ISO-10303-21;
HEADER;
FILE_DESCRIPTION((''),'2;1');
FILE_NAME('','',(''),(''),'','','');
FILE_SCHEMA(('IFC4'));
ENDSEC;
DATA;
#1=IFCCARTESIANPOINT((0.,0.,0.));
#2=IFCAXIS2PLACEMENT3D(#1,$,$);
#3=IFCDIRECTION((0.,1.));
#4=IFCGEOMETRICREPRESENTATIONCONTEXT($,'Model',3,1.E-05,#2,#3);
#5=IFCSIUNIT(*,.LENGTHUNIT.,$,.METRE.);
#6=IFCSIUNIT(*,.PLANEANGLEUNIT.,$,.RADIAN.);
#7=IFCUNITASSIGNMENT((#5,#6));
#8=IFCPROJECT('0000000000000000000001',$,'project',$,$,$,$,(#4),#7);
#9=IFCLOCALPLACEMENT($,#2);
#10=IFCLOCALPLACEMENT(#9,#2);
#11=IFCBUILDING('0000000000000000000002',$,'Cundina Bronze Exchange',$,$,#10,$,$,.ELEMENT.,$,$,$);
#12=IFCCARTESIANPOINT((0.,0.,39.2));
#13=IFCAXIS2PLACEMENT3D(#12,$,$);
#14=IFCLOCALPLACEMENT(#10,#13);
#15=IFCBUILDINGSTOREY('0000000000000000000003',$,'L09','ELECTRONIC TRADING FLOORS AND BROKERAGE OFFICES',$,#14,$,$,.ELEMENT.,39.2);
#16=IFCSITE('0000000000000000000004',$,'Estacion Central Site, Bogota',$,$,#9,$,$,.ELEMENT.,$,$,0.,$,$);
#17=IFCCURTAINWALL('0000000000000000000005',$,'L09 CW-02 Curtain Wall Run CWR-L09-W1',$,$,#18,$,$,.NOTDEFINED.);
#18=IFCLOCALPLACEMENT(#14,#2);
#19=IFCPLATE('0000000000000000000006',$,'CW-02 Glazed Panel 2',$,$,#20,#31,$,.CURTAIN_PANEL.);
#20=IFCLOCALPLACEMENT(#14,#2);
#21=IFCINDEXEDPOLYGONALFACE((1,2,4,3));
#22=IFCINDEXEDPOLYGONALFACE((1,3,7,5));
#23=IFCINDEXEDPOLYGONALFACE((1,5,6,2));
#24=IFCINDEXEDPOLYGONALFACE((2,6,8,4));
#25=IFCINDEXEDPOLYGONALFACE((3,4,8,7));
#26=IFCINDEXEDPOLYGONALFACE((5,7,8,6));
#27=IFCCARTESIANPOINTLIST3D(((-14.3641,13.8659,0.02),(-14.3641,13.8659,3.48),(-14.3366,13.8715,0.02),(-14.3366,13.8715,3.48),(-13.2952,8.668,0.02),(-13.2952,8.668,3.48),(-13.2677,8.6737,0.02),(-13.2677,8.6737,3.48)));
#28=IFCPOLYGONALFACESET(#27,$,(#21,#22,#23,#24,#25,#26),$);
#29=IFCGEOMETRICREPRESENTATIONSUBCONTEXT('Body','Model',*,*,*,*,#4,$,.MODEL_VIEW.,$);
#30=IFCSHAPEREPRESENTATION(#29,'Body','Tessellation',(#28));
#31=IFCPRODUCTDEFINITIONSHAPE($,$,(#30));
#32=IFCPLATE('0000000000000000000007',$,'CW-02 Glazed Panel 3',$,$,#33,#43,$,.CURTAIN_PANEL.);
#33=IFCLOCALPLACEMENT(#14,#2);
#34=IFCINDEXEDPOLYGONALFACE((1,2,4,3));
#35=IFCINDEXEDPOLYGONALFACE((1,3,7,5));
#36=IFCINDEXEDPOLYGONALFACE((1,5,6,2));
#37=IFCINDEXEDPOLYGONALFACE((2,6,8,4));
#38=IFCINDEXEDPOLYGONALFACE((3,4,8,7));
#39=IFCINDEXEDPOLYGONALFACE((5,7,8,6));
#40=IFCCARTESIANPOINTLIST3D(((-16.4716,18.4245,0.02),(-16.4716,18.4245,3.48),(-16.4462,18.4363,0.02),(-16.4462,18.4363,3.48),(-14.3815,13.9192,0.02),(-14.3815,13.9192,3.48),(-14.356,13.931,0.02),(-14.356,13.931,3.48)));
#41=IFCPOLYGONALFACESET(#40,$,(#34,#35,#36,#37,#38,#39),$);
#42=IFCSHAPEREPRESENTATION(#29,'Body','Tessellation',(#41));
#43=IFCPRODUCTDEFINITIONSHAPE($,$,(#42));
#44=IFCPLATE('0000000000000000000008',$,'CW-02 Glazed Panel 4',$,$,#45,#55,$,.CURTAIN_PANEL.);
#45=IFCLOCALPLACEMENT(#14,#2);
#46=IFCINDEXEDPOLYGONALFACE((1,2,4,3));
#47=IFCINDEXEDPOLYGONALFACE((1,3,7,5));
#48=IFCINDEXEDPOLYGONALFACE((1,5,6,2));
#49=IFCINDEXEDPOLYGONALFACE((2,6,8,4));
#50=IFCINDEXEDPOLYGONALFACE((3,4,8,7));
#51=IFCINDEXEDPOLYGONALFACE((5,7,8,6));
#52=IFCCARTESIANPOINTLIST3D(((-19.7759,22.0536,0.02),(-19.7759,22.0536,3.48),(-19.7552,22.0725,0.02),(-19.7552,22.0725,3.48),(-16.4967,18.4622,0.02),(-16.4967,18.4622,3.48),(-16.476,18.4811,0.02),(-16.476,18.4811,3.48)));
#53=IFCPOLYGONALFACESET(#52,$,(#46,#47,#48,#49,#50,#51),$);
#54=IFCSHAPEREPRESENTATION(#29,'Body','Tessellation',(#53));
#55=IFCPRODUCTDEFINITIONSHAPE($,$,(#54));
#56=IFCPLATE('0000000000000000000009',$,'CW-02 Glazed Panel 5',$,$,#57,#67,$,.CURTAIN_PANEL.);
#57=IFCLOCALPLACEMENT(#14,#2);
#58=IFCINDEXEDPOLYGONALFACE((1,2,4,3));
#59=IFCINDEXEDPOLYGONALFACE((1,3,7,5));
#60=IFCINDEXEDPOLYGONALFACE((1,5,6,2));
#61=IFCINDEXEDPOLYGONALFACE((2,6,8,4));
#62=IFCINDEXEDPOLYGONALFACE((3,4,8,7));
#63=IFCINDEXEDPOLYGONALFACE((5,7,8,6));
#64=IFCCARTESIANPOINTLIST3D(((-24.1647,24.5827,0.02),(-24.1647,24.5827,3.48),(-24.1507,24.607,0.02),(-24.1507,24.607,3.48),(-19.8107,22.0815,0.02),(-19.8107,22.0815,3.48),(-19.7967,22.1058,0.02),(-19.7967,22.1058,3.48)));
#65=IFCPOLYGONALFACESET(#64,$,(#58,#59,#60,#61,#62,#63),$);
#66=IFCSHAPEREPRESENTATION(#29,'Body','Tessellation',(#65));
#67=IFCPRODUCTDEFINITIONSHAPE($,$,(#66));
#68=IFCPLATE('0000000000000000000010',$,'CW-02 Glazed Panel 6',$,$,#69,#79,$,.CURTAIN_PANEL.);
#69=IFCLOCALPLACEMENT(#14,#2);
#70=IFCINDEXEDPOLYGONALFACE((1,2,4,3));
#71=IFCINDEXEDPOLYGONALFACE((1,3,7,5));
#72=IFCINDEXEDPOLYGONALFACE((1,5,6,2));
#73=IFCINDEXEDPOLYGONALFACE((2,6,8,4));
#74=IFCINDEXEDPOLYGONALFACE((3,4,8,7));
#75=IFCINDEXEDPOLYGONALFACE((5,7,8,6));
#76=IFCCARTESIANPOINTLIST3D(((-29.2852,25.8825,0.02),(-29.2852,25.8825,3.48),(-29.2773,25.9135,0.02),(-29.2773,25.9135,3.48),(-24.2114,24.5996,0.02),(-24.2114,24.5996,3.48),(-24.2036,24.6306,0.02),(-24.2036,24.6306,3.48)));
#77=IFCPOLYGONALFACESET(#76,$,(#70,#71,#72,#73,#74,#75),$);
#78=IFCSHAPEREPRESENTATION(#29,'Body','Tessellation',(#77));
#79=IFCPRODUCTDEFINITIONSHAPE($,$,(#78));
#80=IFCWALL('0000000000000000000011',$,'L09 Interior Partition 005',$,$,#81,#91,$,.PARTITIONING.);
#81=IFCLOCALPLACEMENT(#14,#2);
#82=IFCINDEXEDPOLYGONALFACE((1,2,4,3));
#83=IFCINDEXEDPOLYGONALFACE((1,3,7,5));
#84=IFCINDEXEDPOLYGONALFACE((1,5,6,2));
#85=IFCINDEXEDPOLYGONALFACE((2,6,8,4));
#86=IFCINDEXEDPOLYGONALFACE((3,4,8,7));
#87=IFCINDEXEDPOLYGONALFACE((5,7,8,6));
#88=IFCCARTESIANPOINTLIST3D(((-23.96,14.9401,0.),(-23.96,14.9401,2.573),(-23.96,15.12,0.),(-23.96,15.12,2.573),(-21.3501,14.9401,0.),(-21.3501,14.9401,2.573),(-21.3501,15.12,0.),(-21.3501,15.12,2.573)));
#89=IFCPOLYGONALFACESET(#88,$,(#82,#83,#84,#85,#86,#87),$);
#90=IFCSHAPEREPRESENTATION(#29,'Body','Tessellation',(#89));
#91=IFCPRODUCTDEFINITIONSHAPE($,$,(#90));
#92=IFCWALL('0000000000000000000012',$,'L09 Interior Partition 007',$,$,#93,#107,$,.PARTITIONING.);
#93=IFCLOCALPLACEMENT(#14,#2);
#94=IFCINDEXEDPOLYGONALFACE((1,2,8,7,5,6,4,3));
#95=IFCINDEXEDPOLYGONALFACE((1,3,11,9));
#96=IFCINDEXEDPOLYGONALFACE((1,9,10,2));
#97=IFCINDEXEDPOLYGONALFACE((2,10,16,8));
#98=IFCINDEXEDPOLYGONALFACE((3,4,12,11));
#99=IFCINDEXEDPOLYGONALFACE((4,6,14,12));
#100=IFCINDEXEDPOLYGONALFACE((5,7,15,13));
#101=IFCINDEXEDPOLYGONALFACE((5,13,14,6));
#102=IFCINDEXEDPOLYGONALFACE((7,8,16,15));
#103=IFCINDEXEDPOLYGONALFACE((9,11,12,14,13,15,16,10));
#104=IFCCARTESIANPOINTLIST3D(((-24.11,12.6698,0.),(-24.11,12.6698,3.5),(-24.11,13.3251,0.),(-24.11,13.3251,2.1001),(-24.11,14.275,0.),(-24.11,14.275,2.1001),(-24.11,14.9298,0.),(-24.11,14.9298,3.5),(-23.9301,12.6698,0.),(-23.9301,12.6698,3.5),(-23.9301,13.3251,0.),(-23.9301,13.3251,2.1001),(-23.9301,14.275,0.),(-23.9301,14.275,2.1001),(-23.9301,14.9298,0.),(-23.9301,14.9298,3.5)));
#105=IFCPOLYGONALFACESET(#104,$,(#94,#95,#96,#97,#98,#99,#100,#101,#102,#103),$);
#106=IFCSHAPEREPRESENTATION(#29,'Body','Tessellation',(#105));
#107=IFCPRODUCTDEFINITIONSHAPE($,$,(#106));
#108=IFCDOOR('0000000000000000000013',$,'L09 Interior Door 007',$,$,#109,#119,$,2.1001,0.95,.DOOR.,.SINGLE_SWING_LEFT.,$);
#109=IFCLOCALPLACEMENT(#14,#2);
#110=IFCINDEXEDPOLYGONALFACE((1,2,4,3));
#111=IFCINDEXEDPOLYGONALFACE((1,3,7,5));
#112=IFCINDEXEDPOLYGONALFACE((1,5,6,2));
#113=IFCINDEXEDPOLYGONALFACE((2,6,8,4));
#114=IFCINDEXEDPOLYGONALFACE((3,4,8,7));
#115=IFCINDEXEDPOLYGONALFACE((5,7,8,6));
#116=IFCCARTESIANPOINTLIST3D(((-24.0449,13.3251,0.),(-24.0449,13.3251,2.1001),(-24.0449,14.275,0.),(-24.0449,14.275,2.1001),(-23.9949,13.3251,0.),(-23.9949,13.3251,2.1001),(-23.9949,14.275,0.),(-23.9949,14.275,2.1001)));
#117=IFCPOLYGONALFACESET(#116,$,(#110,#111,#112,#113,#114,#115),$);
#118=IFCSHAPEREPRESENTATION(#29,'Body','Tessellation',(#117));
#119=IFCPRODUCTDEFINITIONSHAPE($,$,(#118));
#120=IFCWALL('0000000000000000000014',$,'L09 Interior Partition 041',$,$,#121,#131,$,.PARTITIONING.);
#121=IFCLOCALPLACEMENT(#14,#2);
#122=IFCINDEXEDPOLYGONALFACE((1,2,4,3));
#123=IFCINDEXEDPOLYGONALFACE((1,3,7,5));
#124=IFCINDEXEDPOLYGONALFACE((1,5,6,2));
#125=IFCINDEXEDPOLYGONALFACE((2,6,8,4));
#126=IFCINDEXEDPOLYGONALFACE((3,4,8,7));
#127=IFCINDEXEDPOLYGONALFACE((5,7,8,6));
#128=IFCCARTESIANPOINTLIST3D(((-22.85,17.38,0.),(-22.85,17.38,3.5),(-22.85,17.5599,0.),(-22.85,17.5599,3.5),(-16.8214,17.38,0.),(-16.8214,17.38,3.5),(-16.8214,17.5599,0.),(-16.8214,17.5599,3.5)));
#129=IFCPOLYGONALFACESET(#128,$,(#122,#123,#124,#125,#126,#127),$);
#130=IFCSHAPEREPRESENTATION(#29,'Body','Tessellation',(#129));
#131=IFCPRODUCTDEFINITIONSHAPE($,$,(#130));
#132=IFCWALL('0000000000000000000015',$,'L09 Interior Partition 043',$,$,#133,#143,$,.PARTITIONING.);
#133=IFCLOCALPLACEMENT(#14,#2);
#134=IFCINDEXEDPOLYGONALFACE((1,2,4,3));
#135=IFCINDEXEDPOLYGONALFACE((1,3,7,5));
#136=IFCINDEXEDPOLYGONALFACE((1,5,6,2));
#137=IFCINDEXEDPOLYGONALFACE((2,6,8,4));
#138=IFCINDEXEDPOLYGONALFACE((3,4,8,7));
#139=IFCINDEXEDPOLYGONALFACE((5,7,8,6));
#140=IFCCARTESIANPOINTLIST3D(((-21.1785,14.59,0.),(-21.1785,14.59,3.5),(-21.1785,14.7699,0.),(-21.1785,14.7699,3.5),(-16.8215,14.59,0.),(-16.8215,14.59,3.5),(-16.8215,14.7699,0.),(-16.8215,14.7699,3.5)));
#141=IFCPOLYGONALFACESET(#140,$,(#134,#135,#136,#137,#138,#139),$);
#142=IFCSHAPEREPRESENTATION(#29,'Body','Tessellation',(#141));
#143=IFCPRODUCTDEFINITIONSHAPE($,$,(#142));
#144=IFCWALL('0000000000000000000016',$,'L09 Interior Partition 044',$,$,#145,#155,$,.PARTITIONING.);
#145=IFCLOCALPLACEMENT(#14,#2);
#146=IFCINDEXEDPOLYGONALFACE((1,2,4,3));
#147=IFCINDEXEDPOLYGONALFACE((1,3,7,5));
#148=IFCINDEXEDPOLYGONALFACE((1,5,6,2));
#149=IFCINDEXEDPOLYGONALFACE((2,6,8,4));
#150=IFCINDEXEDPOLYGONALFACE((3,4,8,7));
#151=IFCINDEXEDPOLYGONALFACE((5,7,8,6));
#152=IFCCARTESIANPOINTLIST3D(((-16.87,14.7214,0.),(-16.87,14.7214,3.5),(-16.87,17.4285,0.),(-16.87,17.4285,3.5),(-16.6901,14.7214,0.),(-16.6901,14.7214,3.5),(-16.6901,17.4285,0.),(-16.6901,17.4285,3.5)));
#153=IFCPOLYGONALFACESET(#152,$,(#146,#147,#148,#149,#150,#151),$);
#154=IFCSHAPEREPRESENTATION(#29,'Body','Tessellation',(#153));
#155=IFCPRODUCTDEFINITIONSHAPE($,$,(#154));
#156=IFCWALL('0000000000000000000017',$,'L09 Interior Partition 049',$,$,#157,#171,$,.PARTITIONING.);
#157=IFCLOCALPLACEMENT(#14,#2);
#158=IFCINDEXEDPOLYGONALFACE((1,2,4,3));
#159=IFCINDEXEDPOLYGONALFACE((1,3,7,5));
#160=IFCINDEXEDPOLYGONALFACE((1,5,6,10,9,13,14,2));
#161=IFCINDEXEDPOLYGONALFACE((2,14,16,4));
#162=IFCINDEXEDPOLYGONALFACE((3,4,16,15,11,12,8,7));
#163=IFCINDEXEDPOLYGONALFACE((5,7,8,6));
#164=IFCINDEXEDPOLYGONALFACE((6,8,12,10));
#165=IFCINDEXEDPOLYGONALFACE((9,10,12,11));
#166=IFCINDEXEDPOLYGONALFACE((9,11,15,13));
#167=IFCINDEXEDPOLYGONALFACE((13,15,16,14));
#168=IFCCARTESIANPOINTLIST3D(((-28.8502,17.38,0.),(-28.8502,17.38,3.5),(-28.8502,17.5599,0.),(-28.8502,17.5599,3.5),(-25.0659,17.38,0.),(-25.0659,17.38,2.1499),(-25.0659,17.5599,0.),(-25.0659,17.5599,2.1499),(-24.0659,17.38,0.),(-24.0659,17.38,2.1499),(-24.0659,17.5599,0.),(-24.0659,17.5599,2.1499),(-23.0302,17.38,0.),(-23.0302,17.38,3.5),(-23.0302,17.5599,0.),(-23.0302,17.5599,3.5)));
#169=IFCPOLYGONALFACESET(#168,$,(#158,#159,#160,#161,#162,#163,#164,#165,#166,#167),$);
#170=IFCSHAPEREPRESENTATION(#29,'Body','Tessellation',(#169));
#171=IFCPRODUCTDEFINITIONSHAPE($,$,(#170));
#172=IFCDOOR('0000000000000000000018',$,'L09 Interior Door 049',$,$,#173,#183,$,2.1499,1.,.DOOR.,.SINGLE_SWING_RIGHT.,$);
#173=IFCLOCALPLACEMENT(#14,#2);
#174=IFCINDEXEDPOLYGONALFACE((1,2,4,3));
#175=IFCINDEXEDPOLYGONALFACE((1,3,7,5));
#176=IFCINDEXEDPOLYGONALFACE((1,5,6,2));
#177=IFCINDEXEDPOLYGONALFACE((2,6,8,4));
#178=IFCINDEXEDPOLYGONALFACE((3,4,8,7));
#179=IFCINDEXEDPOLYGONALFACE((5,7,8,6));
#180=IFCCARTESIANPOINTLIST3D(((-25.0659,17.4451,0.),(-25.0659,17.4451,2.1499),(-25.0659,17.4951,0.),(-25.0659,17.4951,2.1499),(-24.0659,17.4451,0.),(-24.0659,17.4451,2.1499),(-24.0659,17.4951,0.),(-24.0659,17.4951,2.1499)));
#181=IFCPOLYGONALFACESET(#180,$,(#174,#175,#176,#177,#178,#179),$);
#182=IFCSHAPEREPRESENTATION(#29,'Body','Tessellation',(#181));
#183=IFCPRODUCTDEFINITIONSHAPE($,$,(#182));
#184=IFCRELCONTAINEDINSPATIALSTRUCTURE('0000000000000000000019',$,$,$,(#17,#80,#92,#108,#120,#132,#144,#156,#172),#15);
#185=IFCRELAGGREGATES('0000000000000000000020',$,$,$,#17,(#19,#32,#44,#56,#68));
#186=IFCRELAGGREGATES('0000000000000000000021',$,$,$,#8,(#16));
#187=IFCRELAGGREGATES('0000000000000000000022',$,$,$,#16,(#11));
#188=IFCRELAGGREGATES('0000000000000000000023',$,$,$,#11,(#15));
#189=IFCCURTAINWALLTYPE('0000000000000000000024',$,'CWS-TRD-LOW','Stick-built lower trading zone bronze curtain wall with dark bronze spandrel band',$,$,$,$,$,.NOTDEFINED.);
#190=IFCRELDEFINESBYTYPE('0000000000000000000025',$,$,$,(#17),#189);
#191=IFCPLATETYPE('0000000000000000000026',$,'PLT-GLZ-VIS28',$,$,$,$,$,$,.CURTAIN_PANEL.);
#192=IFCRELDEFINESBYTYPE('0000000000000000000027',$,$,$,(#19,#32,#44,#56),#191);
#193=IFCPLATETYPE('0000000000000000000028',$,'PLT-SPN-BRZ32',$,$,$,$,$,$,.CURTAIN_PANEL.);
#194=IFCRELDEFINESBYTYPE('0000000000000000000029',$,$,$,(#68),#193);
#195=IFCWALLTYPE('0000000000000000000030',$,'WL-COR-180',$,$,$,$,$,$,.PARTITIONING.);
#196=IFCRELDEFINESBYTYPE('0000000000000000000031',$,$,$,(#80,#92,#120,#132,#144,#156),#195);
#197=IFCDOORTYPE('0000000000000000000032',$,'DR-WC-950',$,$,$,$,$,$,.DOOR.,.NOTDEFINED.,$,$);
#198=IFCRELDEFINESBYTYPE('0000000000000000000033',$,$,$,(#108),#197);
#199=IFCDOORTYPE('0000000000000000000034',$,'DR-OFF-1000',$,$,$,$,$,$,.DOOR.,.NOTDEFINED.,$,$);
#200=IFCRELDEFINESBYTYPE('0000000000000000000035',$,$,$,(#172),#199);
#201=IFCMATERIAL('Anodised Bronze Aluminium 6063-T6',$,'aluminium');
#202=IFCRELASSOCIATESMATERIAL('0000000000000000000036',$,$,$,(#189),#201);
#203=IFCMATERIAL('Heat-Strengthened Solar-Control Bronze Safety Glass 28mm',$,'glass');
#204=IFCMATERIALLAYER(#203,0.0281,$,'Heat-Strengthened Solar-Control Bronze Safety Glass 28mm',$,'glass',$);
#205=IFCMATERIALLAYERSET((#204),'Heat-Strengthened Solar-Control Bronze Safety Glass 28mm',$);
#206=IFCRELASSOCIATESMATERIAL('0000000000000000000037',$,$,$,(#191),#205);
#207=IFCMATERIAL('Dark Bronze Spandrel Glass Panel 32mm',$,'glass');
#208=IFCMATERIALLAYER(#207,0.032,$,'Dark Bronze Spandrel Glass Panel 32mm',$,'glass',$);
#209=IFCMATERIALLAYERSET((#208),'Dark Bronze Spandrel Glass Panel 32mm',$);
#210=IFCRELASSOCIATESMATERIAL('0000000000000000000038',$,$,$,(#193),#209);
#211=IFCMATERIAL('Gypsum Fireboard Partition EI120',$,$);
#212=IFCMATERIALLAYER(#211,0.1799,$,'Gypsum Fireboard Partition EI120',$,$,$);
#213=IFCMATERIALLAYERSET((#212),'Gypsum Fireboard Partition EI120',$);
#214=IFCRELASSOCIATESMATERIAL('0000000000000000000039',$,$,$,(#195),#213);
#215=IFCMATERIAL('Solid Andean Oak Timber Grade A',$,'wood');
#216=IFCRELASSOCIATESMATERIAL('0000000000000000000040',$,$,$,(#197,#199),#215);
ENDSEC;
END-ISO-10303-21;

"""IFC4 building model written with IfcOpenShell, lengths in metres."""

from ifc_helpers import new_model, si_unit, direction, frame, frame_2d, origin, origin_2d, place, context, subcontext, project, spatial, rectangle, extrude, material, layer, layer_set, type_object, element, fill, aggregate, save


model = new_model("IFC4")

# Units and contexts
model_context = context("Model", 3, precision=1e-05, world=origin(), true_north=direction((0.0, 1.0)))
body_context = subcontext(model_context, "Body", "Model", "MODEL_VIEW")
ifc_project = project(units=[si_unit("LENGTHUNIT", "METRE"), si_unit("PLANEANGLEUNIT", "RADIAN")], contexts=[model_context])

# Site, building, storey
site_placement = place(None, origin())
site = spatial("IfcSite", under=ifc_project, at=site_placement, Name="Estacion Central Site, Bogota", CompositionType="ELEMENT", RefElevation=0.0)
building_placement = place(site_placement, origin())
building = spatial("IfcBuilding", under=site, at=building_placement, Name="Cundina Bronze Exchange", CompositionType="ELEMENT")
storey_placement = place(building_placement, frame((0.0, 0.0, 39.2)))
storey = spatial("IfcBuildingStorey", under=building, at=storey_placement, Name="L09", Description="ELECTRONIC TRADING FLOORS AND BROKERAGE OFFICES", CompositionType="ELEMENT", Elevation=39.2)

# Curtain wall, plates
ifc_material_1 = material(Name="Anodised Bronze Aluminium 6063-T6", Category="aluminium")
curtain_wall_type = type_object("IfcCurtainWallType", Name="CWS-TRD-LOW", Description="Stick-built lower trading zone bronze curtain wall with dark bronze spandrel band", PredefinedType="NOTDEFINED", material=ifc_material_1)
curtain_wall_placement = place(storey_placement, origin())
curtain_wall = element("IfcCurtainWall", 1, at=curtain_wall_placement, inside=storey, type_object=curtain_wall_type, Name="L09 CW-02 Curtain Wall Run CWR-L09-W1", PredefinedType="NOTDEFINED")
ifc_material_2 = material(Name="Heat-Strengthened Solar-Control Bronze Safety Glass 28mm", Category="glass")
ifc_layer_1 = layer(ifc_material_2, 0.0281, Name="Heat-Strengthened Solar-Control Bronze Safety Glass 28mm", Category="glass")
ifc_layer_set_1 = layer_set([ifc_layer_1], Name="Heat-Strengthened Solar-Control Bronze Safety Glass 28mm")
plate_type_1 = type_object("IfcPlateType", Name="PLT-GLZ-VIS28", PredefinedType="CURTAIN_PANEL", material=ifc_layer_set_1)
plate_1_placement = place(storey_placement, frame((-13.8159, 11.2698, 0.02), z_axis=(0.0, 0.0, 1.0), x_axis=(-0.20142, 0.979505, 0.0)))
plate_1 = element("IfcPlate", 2, at=plate_1_placement, type_object=plate_type_1, Name="CW-02 Glazed Panel 2", PredefinedType="CURTAIN_PANEL", context=body_context, shape_type="SweptSolid", body=[
    extrude(rectangle(XDim=5.3066, YDim=0.0281, at=origin_2d()), origin(), (0.0, 0.0, 1.0), 3.46),
])
plate_2_placement = place(storey_placement, frame((-15.4138, 16.1777, 0.02), z_axis=(0.0, 0.0, 1.0), x_axis=(-0.420846, 0.907132, 0.0)))
plate_2 = element("IfcPlate", 3, at=plate_2_placement, type_object=plate_type_1, Name="CW-02 Glazed Panel 3", PredefinedType="CURTAIN_PANEL", context=body_context, shape_type="SweptSolid", body=[
    extrude(rectangle(XDim=4.9666, YDim=0.0281, at=origin_2d()), origin(), (0.0, 0.0, 1.0), 3.46),
])
plate_3_placement = place(storey_placement, frame((-18.126, 20.2673, 0.02), z_axis=(0.0, 0.0, 1.0), x_axis=(-0.674277, 0.738479, 0.0)))
plate_3 = element("IfcPlate", 4, at=plate_3_placement, type_object=plate_type_1, Name="CW-02 Glazed Panel 4", PredefinedType="CURTAIN_PANEL", context=body_context, shape_type="SweptSolid", body=[
    extrude(rectangle(XDim=4.8633, YDim=0.0281, at=origin_2d()), origin(), (0.0, 0.0, 1.0), 3.46),
])
plate_4_placement = place(storey_placement, frame((-21.9807, 23.3442, 0.02), z_axis=(0.0, 0.0, 1.0), x_axis=(-0.867105, 0.498125, 0.0)))
plate_4 = element("IfcPlate", 5, at=plate_4_placement, type_object=plate_type_1, Name="CW-02 Glazed Panel 5", PredefinedType="CURTAIN_PANEL", context=body_context, shape_type="SweptSolid", body=[
    extrude(rectangle(XDim=5.0212, YDim=0.0281, at=origin_2d()), origin(), (0.0, 0.0, 1.0), 3.46),
])
ifc_material_3 = material(Name="Dark Bronze Spandrel Glass Panel 32mm", Category="glass")
ifc_layer_2 = layer(ifc_material_3, 0.032, Name="Dark Bronze Spandrel Glass Panel 32mm", Category="glass")
ifc_layer_set_2 = layer_set([ifc_layer_2], Name="Dark Bronze Spandrel Glass Panel 32mm")
plate_type_2 = type_object("IfcPlateType", Name="PLT-SPN-BRZ32", PredefinedType="CURTAIN_PANEL", material=ifc_layer_set_2)
plate_5_placement = place(storey_placement, frame((-26.7444, 25.2566, 0.02), z_axis=(0.0, 0.0, 1.0), x_axis=(-0.969488, 0.245138, 0.0)))
plate_5 = element("IfcPlate", 6, at=plate_5_placement, type_object=plate_type_2, Name="CW-02 Glazed Panel 6", PredefinedType="CURTAIN_PANEL", context=body_context, shape_type="SweptSolid", body=[
    extrude(rectangle(XDim=5.2334, YDim=0.032, at=origin_2d()), origin(), (0.0, 0.0, 1.0), 3.46),
])
aggregate(curtain_wall, [plate_1, plate_2, plate_3, plate_4, plate_5])

# Wall
ifc_material_4 = material(Name="Gypsum Fireboard Partition EI120")
ifc_layer_3 = layer(ifc_material_4, 0.1799, Name="Gypsum Fireboard Partition EI120")
ifc_layer_set_3 = layer_set([ifc_layer_3], Name="Gypsum Fireboard Partition EI120")
wall_type_1 = type_object("IfcWallType", Name="WL-COR-180", PredefinedType="PARTITIONING", material=ifc_layer_set_3)
wall_1_placement = place(storey_placement, frame((-23.96, 15.03, 0.0), z_axis=(0.0, 0.0, 1.0), x_axis=(1.0, 0.0, 0.0)))
element("IfcWall", 7, at=wall_1_placement, inside=storey, type_object=wall_type_1, Name="L09 Interior Partition 005", PredefinedType="PARTITIONING", context=body_context, shape_type="SweptSolid", body=[
    extrude(rectangle(XDim=2.6099, YDim=0.1799, at=frame_2d((1.3049, 0.0))), origin(), (0.0, 0.0, 1.0), 2.573),
])

# Wall, opening, door
wall_2_placement = place(storey_placement, frame((-24.02, 12.6699, 0.0), z_axis=(0.0, 0.0, 1.0), x_axis=(0.0, 1.0, 0.0)))
wall_2 = element("IfcWall", 8, at=wall_2_placement, inside=storey, type_object=wall_type_1, Name="L09 Interior Partition 007", PredefinedType="PARTITIONING", context=body_context, shape_type="SweptSolid", body=[
    extrude(rectangle(XDim=2.26, YDim=0.1799, at=frame_2d((1.1299, 0.0))), origin(), (0.0, 0.0, 1.0), 3.5),
])
opening_1_placement = place(wall_2_placement, frame((0.655, 0.0, 0.0)))
opening_1 = element("IfcOpeningElement", 9, at=opening_1_placement, cuts=wall_2, PredefinedType="OPENING", context=body_context, shape_type="SweptSolid", body=[
    extrude(rectangle(XDim=0.95, YDim=2.1001, at=frame_2d((0.4751, 1.05))), frame((0.0, 0.0999, 0.0), z_axis=(0.0, -1.0, 0.0), x_axis=(1.0, 0.0, 0.0)), (0.0, 0.0, 1.0), 0.2),
])
ifc_material_5 = material(Name="Solid Andean Oak Timber Grade A", Category="wood")
door_type_1 = type_object("IfcDoorType", Name="DR-WC-950", OperationType="NOTDEFINED", PredefinedType="DOOR", material=ifc_material_5)
door_1_placement = place(opening_1_placement, origin())
door_1 = element("IfcDoor", 10, at=door_1_placement, inside=storey, type_object=door_type_1, Name="L09 Interior Door 007", OperationType="SINGLE_SWING_LEFT", OverallHeight=2.1001, OverallWidth=0.95, PredefinedType="DOOR", context=body_context, shape_type="SweptSolid", body=[
    extrude(rectangle(XDim=0.95, YDim=2.1001, at=frame_2d((0.4751, 1.05))), frame((0.0, 0.0249, 0.0), z_axis=(0.0, -1.0, 0.0), x_axis=(1.0, 0.0, 0.0)), (0.0, 0.0, 1.0), 0.05),
])
fill(opening_1, door_1)

# Walls
wall_3_placement = place(storey_placement, frame((-16.8215, 17.47, 0.0), z_axis=(0.0, 0.0, 1.0), x_axis=(-1.0, 0.0, 0.0)))
element("IfcWall", 11, at=wall_3_placement, inside=storey, type_object=wall_type_1, Name="L09 Interior Partition 041", PredefinedType="PARTITIONING", context=body_context, shape_type="SweptSolid", body=[
    extrude(rectangle(XDim=6.0286, YDim=0.1799, at=frame_2d((3.0142, 0.0))), origin(), (0.0, 0.0, 1.0), 3.5),
])
wall_4_placement = place(storey_placement, frame((-21.1785, 14.6799, 0.0), z_axis=(0.0, 0.0, 1.0), x_axis=(1.0, 0.0, 0.0)))
element("IfcWall", 12, at=wall_4_placement, inside=storey, type_object=wall_type_1, Name="L09 Interior Partition 043", PredefinedType="PARTITIONING", context=body_context, shape_type="SweptSolid", body=[
    extrude(rectangle(XDim=4.3569, YDim=0.1799, at=frame_2d((2.1785, 0.0))), origin(), (0.0, 0.0, 1.0), 3.5),
])
wall_5_placement = place(storey_placement, frame((-16.78, 14.7214, 0.0), z_axis=(0.0, 0.0, 1.0), x_axis=(0.0, 1.0, 0.0)))
element("IfcWall", 13, at=wall_5_placement, inside=storey, type_object=wall_type_1, Name="L09 Interior Partition 044", PredefinedType="PARTITIONING", context=body_context, shape_type="SweptSolid", body=[
    extrude(rectangle(XDim=2.707, YDim=0.1799, at=frame_2d((1.3535, 0.0))), origin(), (0.0, 0.0, 1.0), 3.5),
])

# Wall, opening, door
wall_6_placement = place(storey_placement, frame((-23.03, 17.47, 0.0), z_axis=(0.0, 0.0, 1.0), x_axis=(-1.0, 0.0, 0.0)))
wall_6 = element("IfcWall", 14, at=wall_6_placement, inside=storey, type_object=wall_type_1, Name="L09 Interior Partition 049", PredefinedType="PARTITIONING", context=body_context, shape_type="SweptSolid", body=[
    extrude(rectangle(XDim=5.8201, YDim=0.1799, at=frame_2d((2.9102, 0.0))), origin(), (0.0, 0.0, 1.0), 3.5),
])
opening_2_placement = place(wall_6_placement, frame((1.0359, 0.0, 0.0)))
opening_2 = element("IfcOpeningElement", 15, at=opening_2_placement, cuts=wall_6, PredefinedType="OPENING", context=body_context, shape_type="SweptSolid", body=[
    extrude(rectangle(XDim=1.0, YDim=2.1499, at=frame_2d((0.5, 1.075))), frame((0.0, 0.0999, 0.0), z_axis=(0.0, -1.0, 0.0), x_axis=(1.0, 0.0, 0.0)), (0.0, 0.0, 1.0), 0.2),
])
door_type_2 = type_object("IfcDoorType", Name="DR-OFF-1000", OperationType="NOTDEFINED", PredefinedType="DOOR", material=ifc_material_5)
door_2_placement = place(opening_2_placement, origin())
door_2 = element("IfcDoor", 16, at=door_2_placement, inside=storey, type_object=door_type_2, Name="L09 Interior Door 049", OperationType="SINGLE_SWING_RIGHT", OverallHeight=2.1499, OverallWidth=1.0, PredefinedType="DOOR", context=body_context, shape_type="SweptSolid", body=[
    extrude(rectangle(XDim=1.0, YDim=2.1499, at=frame_2d((0.5, 1.075))), frame((0.0, 0.0249, 0.0), z_axis=(0.0, -1.0, 0.0), x_axis=(1.0, 0.0, 0.0)), (0.0, 0.0, 1.0), 0.05),
])
fill(opening_2, door_2)

save(model, "model.ifc")
